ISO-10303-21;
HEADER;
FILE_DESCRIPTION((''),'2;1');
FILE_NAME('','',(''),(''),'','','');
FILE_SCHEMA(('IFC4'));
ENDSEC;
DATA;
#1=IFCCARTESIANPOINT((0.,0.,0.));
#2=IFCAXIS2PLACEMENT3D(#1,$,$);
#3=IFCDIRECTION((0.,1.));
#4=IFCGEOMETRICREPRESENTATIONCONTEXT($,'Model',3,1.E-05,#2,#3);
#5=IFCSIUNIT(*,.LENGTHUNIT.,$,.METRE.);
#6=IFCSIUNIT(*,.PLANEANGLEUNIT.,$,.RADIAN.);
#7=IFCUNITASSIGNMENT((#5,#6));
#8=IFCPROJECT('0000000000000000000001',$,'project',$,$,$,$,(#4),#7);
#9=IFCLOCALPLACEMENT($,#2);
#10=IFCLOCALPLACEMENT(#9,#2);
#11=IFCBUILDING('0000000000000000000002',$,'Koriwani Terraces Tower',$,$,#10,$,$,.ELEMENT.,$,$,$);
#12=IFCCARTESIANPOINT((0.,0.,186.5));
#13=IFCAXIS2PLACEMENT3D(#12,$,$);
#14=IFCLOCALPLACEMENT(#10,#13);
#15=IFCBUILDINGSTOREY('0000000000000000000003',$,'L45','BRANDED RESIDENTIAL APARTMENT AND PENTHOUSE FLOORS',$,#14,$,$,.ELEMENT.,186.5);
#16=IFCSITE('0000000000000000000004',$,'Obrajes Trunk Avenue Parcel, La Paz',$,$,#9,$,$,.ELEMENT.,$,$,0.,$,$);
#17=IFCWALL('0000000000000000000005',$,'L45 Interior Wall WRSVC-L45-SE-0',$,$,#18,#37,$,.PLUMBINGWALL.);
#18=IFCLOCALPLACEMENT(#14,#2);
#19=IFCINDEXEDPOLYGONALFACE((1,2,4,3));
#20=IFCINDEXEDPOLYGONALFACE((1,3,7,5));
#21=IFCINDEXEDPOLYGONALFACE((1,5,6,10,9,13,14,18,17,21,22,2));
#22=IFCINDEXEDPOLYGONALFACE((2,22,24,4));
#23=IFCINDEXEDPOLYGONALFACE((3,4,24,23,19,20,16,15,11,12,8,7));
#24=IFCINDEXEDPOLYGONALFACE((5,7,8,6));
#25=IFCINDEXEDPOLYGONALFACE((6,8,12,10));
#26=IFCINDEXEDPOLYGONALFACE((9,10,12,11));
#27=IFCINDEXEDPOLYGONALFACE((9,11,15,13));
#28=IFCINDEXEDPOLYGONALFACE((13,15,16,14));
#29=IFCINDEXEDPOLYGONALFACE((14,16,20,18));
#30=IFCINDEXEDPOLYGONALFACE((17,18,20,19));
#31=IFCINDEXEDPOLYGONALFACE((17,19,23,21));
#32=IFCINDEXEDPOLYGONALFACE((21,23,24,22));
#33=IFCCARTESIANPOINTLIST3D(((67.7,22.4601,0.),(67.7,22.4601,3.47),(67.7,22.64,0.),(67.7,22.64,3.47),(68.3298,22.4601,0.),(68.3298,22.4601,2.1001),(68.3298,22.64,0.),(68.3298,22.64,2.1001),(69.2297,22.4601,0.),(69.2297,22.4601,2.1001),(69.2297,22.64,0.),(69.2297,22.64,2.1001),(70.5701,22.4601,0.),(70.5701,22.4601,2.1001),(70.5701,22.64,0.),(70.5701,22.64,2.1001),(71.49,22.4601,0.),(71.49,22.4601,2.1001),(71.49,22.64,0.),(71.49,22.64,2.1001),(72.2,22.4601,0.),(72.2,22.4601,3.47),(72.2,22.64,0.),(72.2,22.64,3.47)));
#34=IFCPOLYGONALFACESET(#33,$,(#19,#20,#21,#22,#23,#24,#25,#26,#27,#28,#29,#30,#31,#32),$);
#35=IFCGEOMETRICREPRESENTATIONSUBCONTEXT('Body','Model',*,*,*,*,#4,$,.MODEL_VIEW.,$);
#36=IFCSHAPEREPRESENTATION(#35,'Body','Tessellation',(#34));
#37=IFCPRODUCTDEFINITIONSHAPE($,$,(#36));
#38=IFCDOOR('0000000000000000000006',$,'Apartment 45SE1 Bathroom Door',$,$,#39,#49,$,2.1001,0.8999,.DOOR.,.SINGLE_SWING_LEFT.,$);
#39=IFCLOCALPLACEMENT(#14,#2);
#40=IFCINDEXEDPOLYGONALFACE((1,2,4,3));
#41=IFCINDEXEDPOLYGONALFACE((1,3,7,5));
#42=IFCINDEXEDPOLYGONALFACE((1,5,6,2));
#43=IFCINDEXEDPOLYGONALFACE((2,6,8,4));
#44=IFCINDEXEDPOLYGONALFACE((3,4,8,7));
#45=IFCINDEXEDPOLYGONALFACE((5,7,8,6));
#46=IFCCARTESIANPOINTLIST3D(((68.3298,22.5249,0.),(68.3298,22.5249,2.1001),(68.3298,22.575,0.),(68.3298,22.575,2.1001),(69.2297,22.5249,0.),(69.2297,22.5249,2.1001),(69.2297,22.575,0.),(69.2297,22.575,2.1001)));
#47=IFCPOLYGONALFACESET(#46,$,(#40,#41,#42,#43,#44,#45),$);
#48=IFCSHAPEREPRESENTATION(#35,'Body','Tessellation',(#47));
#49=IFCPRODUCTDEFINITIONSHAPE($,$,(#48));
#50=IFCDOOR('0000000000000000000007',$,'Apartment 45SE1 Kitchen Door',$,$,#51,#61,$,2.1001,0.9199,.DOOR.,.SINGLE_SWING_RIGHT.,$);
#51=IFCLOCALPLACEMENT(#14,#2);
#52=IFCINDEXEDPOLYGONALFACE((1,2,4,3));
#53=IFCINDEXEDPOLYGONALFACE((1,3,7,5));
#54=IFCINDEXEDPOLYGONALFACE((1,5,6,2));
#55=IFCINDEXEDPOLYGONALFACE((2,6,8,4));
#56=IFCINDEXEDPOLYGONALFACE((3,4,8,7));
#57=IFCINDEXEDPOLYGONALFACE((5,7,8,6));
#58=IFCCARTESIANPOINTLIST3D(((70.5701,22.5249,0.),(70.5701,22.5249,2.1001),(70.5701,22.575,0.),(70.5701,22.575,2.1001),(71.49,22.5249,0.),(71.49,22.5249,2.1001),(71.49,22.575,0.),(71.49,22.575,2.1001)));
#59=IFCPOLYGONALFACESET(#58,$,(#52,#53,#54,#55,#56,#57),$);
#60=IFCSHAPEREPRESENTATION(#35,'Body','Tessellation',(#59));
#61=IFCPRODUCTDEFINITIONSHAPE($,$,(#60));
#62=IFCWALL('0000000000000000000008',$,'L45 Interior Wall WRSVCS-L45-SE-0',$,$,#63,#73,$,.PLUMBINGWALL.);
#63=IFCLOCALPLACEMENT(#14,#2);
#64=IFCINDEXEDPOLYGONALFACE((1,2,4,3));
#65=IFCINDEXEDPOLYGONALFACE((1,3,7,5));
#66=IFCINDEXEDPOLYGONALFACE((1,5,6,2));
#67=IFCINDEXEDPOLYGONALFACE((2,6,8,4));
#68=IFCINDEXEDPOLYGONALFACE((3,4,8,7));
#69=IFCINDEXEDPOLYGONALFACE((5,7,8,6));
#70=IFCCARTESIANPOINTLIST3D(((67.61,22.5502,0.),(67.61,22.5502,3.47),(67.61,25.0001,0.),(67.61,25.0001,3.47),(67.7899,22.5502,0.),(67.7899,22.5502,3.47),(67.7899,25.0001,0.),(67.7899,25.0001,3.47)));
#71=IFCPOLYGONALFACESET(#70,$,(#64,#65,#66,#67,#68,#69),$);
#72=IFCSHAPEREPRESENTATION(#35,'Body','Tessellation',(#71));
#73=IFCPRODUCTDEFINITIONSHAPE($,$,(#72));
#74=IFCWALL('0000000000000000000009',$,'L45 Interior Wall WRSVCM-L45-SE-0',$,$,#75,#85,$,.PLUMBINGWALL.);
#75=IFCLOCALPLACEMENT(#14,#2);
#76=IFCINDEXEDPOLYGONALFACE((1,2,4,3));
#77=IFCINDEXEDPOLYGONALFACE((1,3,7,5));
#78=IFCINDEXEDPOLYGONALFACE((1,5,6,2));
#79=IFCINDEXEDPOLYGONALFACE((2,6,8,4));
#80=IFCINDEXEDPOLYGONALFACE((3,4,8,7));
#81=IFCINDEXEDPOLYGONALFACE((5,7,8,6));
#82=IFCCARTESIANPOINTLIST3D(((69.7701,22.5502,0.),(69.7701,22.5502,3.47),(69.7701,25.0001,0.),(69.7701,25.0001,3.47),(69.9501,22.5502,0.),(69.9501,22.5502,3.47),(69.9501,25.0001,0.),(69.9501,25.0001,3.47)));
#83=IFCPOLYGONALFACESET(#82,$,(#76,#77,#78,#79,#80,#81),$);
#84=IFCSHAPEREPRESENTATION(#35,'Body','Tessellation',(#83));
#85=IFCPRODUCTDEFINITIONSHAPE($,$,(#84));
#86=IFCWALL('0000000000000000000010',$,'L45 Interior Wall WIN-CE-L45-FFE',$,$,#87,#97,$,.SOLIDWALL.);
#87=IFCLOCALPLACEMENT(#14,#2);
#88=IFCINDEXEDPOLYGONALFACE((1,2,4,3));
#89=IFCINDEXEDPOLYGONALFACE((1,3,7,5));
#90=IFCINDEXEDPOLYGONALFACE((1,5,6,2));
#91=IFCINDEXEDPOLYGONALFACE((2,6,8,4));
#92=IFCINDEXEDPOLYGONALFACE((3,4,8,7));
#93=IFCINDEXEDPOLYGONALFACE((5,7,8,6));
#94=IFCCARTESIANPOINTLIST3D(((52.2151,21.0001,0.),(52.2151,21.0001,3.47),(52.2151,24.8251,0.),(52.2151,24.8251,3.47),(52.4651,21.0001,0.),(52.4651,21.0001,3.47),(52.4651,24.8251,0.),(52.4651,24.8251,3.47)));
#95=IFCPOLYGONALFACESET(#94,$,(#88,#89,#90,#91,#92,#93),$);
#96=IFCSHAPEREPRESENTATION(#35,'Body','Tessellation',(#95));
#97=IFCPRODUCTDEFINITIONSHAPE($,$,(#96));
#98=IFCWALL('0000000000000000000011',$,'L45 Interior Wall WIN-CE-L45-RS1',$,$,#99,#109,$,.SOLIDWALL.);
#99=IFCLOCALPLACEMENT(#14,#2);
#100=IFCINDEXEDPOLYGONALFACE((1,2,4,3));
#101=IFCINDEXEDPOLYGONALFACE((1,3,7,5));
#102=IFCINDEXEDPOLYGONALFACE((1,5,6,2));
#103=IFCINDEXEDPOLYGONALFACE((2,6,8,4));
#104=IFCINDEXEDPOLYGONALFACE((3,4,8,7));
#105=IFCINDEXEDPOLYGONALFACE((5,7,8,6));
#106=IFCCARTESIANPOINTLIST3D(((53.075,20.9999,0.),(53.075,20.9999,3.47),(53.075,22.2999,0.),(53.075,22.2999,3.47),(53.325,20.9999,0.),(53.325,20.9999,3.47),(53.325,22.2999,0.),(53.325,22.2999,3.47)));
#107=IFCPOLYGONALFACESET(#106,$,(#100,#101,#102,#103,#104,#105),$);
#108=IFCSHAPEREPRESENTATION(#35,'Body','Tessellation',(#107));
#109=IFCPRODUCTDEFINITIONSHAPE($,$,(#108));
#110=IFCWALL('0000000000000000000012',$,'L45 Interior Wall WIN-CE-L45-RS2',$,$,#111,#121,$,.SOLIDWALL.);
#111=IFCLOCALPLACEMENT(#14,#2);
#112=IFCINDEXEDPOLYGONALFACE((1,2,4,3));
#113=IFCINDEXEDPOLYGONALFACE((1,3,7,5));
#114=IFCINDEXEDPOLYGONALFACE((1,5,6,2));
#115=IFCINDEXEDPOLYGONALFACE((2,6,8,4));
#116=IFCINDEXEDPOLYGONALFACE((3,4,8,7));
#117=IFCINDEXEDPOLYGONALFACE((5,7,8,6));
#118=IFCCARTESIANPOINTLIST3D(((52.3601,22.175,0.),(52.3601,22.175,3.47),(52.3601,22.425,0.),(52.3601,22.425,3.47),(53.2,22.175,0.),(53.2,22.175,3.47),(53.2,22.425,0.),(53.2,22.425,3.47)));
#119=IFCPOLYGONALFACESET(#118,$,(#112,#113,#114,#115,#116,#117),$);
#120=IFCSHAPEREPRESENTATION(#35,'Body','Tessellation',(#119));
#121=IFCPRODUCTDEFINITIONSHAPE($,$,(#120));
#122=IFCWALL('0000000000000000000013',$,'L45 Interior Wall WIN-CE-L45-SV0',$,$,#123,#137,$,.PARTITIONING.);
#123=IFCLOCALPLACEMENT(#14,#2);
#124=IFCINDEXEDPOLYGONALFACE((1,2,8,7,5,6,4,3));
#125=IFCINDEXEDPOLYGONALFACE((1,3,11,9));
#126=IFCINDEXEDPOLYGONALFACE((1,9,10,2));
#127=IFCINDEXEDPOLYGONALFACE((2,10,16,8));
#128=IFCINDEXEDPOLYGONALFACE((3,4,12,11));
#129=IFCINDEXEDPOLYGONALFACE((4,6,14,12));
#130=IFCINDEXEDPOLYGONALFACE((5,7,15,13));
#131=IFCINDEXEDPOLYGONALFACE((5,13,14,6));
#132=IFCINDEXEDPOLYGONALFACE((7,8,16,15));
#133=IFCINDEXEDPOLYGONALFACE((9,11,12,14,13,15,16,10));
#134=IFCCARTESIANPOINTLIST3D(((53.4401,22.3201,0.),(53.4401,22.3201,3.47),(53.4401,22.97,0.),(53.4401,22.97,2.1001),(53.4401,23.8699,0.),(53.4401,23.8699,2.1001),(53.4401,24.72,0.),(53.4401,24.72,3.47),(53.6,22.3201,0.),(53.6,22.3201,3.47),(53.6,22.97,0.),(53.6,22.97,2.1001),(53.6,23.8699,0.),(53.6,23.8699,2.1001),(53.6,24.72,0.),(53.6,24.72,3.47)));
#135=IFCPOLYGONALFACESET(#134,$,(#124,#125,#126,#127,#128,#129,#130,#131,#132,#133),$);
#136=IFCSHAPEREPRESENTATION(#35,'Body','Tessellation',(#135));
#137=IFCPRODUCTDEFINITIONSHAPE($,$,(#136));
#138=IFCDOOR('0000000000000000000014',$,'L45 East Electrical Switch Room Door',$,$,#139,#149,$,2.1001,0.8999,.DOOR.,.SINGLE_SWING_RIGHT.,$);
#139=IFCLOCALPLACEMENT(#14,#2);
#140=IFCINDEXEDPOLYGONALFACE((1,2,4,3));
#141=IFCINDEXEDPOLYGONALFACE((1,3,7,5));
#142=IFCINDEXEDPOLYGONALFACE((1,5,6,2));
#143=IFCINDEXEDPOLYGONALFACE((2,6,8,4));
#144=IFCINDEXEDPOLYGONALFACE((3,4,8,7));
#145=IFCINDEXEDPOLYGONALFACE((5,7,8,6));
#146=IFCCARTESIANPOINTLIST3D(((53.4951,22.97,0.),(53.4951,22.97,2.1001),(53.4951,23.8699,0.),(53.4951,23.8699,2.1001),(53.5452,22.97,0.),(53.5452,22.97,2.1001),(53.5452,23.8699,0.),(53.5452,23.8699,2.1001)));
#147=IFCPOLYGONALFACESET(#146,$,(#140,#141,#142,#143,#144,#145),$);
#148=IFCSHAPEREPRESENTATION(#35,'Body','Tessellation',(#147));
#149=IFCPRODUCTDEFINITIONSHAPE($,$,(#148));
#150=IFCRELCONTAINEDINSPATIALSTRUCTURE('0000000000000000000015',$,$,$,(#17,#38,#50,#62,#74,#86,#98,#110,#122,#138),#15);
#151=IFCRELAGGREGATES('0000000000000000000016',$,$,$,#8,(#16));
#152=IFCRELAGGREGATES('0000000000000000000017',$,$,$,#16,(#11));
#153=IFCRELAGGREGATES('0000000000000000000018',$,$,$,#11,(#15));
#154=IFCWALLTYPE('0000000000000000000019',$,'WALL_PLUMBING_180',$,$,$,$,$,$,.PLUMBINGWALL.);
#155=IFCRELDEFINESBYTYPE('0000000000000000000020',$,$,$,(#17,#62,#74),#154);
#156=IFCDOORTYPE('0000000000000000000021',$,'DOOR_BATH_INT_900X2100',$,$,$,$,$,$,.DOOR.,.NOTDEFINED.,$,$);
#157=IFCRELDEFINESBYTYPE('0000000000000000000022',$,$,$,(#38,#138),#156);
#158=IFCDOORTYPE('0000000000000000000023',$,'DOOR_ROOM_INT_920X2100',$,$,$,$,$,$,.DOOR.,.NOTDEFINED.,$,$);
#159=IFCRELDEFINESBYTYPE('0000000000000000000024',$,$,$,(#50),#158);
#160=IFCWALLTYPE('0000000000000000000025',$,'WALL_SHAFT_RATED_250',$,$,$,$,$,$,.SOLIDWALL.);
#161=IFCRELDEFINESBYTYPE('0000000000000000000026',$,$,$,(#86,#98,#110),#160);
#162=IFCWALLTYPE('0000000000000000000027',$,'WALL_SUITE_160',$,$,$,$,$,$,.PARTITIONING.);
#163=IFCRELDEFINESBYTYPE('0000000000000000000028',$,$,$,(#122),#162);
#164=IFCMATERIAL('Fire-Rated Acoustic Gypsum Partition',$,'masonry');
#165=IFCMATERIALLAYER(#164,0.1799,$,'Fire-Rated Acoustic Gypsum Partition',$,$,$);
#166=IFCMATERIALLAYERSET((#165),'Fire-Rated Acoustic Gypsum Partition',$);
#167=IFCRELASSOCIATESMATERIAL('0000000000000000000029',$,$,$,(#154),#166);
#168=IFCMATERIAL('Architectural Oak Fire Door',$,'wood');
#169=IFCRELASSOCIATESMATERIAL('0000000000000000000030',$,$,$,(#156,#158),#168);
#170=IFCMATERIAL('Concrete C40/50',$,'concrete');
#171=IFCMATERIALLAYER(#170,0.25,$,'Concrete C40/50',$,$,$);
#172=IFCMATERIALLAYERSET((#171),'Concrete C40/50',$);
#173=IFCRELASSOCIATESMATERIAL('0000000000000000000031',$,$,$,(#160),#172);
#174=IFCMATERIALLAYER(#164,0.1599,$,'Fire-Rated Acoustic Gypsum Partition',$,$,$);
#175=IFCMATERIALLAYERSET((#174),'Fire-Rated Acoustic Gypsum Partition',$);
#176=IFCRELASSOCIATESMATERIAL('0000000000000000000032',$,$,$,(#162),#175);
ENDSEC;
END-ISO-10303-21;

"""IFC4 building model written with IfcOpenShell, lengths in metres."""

from ifc_helpers import new_model, si_unit, direction, frame, frame_2d, origin, place, context, subcontext, project, spatial, rectangle, extrude, material, layer, layer_set, type_object, element, fill, save


model = new_model("IFC4")

# Units and contexts
model_context = context("Model", 3, precision=1e-05, world=origin(), true_north=direction((0.0, 1.0)))
body_context = subcontext(model_context, "Body", "Model", "MODEL_VIEW")
ifc_project = project(units=[si_unit("LENGTHUNIT", "METRE"), si_unit("PLANEANGLEUNIT", "RADIAN")], contexts=[model_context])

# Site, building, storey
site_placement = place(None, origin())
site = spatial("IfcSite", under=ifc_project, at=site_placement, Name="Obrajes Trunk Avenue Parcel, La Paz", CompositionType="ELEMENT", RefElevation=0.0)
building_placement = place(site_placement, origin())
building = spatial("IfcBuilding", under=site, at=building_placement, Name="Koriwani Terraces Tower", CompositionType="ELEMENT")
storey_placement = place(building_placement, frame((0.0, 0.0, 186.5)))
storey = spatial("IfcBuildingStorey", under=building, at=storey_placement, Name="L45", Description="BRANDED RESIDENTIAL APARTMENT AND PENTHOUSE FLOORS", CompositionType="ELEMENT", Elevation=186.5)

# Shared definitions
ifc_material_1 = material(Name="Architectural Oak Fire Door", Category="wood")

# Wall, openings, doors
ifc_material_2 = material(Name="Fire-Rated Acoustic Gypsum Partition", Category="masonry")
ifc_layer_1 = layer(ifc_material_2, 0.1799, Name="Fire-Rated Acoustic Gypsum Partition")
ifc_layer_set_1 = layer_set([ifc_layer_1], Name="Fire-Rated Acoustic Gypsum Partition")
wall_type_1 = type_object("IfcWallType", Name="WALL_PLUMBING_180", PredefinedType="PLUMBINGWALL", material=ifc_layer_set_1)
wall_1_placement = place(storey_placement, frame((67.7, 22.55, 0.0), z_axis=(0.0, 0.0, 1.0), x_axis=(1.0, 0.0, 0.0)))
wall_1 = element("IfcWall", 1, at=wall_1_placement, inside=storey, type_object=wall_type_1, Name="L45 Interior Wall WRSVC-L45-SE-0", PredefinedType="PLUMBINGWALL", context=body_context, shape_type="SweptSolid", body=[
    extrude(rectangle(XDim=4.5, YDim=0.1799, at=frame_2d((2.25, 0.0))), origin(), (0.0, 0.0, 1.0), 3.47),
])
opening_1_placement = place(wall_1_placement, frame((0.6299, 0.0, 0.0)))
opening_1 = element("IfcOpeningElement", 2, at=opening_1_placement, cuts=wall_1, PredefinedType="OPENING", context=body_context, shape_type="SweptSolid", body=[
    extrude(rectangle(XDim=0.8999, YDim=2.1001, at=frame_2d((0.45, 1.05))), frame((0.0, 0.1001, 0.0), z_axis=(0.0, -1.0, 0.0), x_axis=(1.0, 0.0, 0.0)), (0.0, 0.0, 1.0), 0.2),
])
opening_2_placement = place(wall_1_placement, frame((2.8701, 0.0, 0.0)))
opening_2 = element("IfcOpeningElement", 3, at=opening_2_placement, cuts=wall_1, PredefinedType="OPENING", context=body_context, shape_type="SweptSolid", body=[
    extrude(rectangle(XDim=0.9199, YDim=2.1001, at=frame_2d((0.46, 1.05))), frame((0.0, 0.1001, 0.0), z_axis=(0.0, -1.0, 0.0), x_axis=(1.0, 0.0, 0.0)), (0.0, 0.0, 1.0), 0.2),
])
door_type_1 = type_object("IfcDoorType", Name="DOOR_BATH_INT_900X2100", OperationType="NOTDEFINED", PredefinedType="DOOR", material=ifc_material_1)
door_1_placement = place(opening_1_placement, origin())
door_1 = element("IfcDoor", 4, at=door_1_placement, inside=storey, type_object=door_type_1, Name="Apartment 45SE1 Bathroom Door", OperationType="SINGLE_SWING_LEFT", OverallHeight=2.1001, OverallWidth=0.8999, PredefinedType="DOOR", context=body_context, shape_type="SweptSolid", body=[
    extrude(rectangle(XDim=0.8999, YDim=2.1001, at=frame_2d((0.45, 1.05))), frame((0.0, 0.0249, 0.0), z_axis=(0.0, -1.0, 0.0), x_axis=(1.0, 0.0, 0.0)), (0.0, 0.0, 1.0), 0.05),
])
fill(opening_1, door_1)
door_type_2 = type_object("IfcDoorType", Name="DOOR_ROOM_INT_920X2100", OperationType="NOTDEFINED", PredefinedType="DOOR", material=ifc_material_1)
door_2_placement = place(opening_2_placement, origin())
door_2 = element("IfcDoor", 5, at=door_2_placement, inside=storey, type_object=door_type_2, Name="Apartment 45SE1 Kitchen Door", OperationType="SINGLE_SWING_RIGHT", OverallHeight=2.1001, OverallWidth=0.9199, PredefinedType="DOOR", context=body_context, shape_type="SweptSolid", body=[
    extrude(rectangle(XDim=0.9199, YDim=2.1001, at=frame_2d((0.46, 1.05))), frame((0.0, 0.0249, 0.0), z_axis=(0.0, -1.0, 0.0), x_axis=(1.0, 0.0, 0.0)), (0.0, 0.0, 1.0), 0.05),
])
fill(opening_2, door_2)

# Walls
for number, where, z_axis, x_axis, name in (
    (6, (67.7, 22.55, 0.0), (0.0, 0.0, 1.0), (0.0, 1.0, 0.0), "L45 Interior Wall WRSVCS-L45-SE-0"),
    (7, (69.8601, 22.55, 0.0), (0.0, 0.0, 1.0), (0.0, 1.0, 0.0), "L45 Interior Wall WRSVCM-L45-SE-0"),
):
    element("IfcWall", number, at=place(storey_placement, frame(where, z_axis=z_axis, x_axis=x_axis)), inside=storey, type_object=wall_type_1, Name=name, PredefinedType="PLUMBINGWALL", context=body_context, shape_type="SweptSolid", body=[
        extrude(rectangle(XDim=2.45, YDim=0.1799, at=frame_2d((1.2251, 0.0))), origin(), (0.0, 0.0, 1.0), 3.47),
    ])

# Shared definitions
ifc_material_3 = material(Name="Concrete C40/50", Category="concrete")
ifc_layer_2 = layer(ifc_material_3, 0.25, Name="Concrete C40/50")
ifc_layer_set_2 = layer_set([ifc_layer_2], Name="Concrete C40/50")
wall_type_2 = type_object("IfcWallType", Name="WALL_SHAFT_RATED_250", PredefinedType="SOLIDWALL", material=ifc_layer_set_2)

# Wall
wall_2_placement = place(storey_placement, frame((52.3401, 21.0, 0.0), z_axis=(0.0, 0.0, 1.0), x_axis=(0.0, 1.0, 0.0)))
element("IfcWall", 8, at=wall_2_placement, inside=storey, type_object=wall_type_2, Name="L45 Interior Wall WIN-CE-L45-FFE", PredefinedType="SOLIDWALL", context=body_context, shape_type="SweptSolid", body=[
    extrude(rectangle(XDim=3.825, YDim=0.25, at=frame_2d((1.9126, 0.0))), origin(), (0.0, 0.0, 1.0), 3.47),
])

# Walls
wall_3_placement = place(storey_placement, frame((53.2, 21.0, 0.0), z_axis=(0.0, 0.0, 1.0), x_axis=(0.0, 1.0, 0.0)))
element("IfcWall", 9, at=wall_3_placement, inside=storey, type_object=wall_type_2, Name="L45 Interior Wall WIN-CE-L45-RS1", PredefinedType="SOLIDWALL", context=body_context, shape_type="SweptSolid", body=[
    extrude(rectangle(XDim=1.3, YDim=0.25, at=frame_2d((0.6499, 0.0))), origin(), (0.0, 0.0, 1.0), 3.47),
])
wall_4_placement = place(storey_placement, frame((52.3601, 22.3, 0.0), z_axis=(0.0, 0.0, 1.0), x_axis=(1.0, 0.0, 0.0)))
element("IfcWall", 10, at=wall_4_placement, inside=storey, type_object=wall_type_2, Name="L45 Interior Wall WIN-CE-L45-RS2", PredefinedType="SOLIDWALL", context=body_context, shape_type="SweptSolid", body=[
    extrude(rectangle(XDim=0.8398, YDim=0.25, at=frame_2d((0.4199, 0.0))), origin(), (0.0, 0.0, 1.0), 3.47),
])

# Wall, opening, door
ifc_layer_3 = layer(ifc_material_2, 0.1599, Name="Fire-Rated Acoustic Gypsum Partition")
ifc_layer_set_3 = layer_set([ifc_layer_3], Name="Fire-Rated Acoustic Gypsum Partition")
wall_type_3 = type_object("IfcWallType", Name="WALL_SUITE_160", PredefinedType="PARTITIONING", material=ifc_layer_set_3)
wall_5_placement = place(storey_placement, frame((53.52, 22.3201, 0.0), z_axis=(0.0, 0.0, 1.0), x_axis=(0.0, 1.0, 0.0)))
wall_5 = element("IfcWall", 11, at=wall_5_placement, inside=storey, type_object=wall_type_3, Name="L45 Interior Wall WIN-CE-L45-SV0", PredefinedType="PARTITIONING", context=body_context, shape_type="SweptSolid", body=[
    extrude(rectangle(XDim=2.3999, YDim=0.1599, at=frame_2d((1.2, 0.0))), origin(), (0.0, 0.0, 1.0), 3.47),
])
opening_3_placement = place(wall_5_placement, frame((0.6499, 0.0, 0.0)))
opening_3 = element("IfcOpeningElement", 12, at=opening_3_placement, cuts=wall_5, PredefinedType="OPENING", context=body_context, shape_type="SweptSolid", body=[
    extrude(rectangle(XDim=0.8999, YDim=2.1001, at=frame_2d((0.45, 1.05))), frame((0.0, 0.0898, 0.0), z_axis=(0.0, -1.0, 0.0), x_axis=(1.0, 0.0, 0.0)), (0.0, 0.0, 1.0), 0.1799),
])
door_3_placement = place(opening_3_placement, origin())
door_3 = element("IfcDoor", 13, at=door_3_placement, inside=storey, type_object=door_type_1, Name="L45 East Electrical Switch Room Door", OperationType="SINGLE_SWING_RIGHT", OverallHeight=2.1001, OverallWidth=0.8999, PredefinedType="DOOR", context=body_context, shape_type="SweptSolid", body=[
    extrude(rectangle(XDim=0.8999, YDim=2.1001, at=frame_2d((0.45, 1.05))), frame((0.0, 0.0249, 0.0), z_axis=(0.0, -1.0, 0.0), x_axis=(1.0, 0.0, 0.0)), (0.0, 0.0, 1.0), 0.05),
])
fill(opening_3, door_3)

save(model, "model.ifc")
